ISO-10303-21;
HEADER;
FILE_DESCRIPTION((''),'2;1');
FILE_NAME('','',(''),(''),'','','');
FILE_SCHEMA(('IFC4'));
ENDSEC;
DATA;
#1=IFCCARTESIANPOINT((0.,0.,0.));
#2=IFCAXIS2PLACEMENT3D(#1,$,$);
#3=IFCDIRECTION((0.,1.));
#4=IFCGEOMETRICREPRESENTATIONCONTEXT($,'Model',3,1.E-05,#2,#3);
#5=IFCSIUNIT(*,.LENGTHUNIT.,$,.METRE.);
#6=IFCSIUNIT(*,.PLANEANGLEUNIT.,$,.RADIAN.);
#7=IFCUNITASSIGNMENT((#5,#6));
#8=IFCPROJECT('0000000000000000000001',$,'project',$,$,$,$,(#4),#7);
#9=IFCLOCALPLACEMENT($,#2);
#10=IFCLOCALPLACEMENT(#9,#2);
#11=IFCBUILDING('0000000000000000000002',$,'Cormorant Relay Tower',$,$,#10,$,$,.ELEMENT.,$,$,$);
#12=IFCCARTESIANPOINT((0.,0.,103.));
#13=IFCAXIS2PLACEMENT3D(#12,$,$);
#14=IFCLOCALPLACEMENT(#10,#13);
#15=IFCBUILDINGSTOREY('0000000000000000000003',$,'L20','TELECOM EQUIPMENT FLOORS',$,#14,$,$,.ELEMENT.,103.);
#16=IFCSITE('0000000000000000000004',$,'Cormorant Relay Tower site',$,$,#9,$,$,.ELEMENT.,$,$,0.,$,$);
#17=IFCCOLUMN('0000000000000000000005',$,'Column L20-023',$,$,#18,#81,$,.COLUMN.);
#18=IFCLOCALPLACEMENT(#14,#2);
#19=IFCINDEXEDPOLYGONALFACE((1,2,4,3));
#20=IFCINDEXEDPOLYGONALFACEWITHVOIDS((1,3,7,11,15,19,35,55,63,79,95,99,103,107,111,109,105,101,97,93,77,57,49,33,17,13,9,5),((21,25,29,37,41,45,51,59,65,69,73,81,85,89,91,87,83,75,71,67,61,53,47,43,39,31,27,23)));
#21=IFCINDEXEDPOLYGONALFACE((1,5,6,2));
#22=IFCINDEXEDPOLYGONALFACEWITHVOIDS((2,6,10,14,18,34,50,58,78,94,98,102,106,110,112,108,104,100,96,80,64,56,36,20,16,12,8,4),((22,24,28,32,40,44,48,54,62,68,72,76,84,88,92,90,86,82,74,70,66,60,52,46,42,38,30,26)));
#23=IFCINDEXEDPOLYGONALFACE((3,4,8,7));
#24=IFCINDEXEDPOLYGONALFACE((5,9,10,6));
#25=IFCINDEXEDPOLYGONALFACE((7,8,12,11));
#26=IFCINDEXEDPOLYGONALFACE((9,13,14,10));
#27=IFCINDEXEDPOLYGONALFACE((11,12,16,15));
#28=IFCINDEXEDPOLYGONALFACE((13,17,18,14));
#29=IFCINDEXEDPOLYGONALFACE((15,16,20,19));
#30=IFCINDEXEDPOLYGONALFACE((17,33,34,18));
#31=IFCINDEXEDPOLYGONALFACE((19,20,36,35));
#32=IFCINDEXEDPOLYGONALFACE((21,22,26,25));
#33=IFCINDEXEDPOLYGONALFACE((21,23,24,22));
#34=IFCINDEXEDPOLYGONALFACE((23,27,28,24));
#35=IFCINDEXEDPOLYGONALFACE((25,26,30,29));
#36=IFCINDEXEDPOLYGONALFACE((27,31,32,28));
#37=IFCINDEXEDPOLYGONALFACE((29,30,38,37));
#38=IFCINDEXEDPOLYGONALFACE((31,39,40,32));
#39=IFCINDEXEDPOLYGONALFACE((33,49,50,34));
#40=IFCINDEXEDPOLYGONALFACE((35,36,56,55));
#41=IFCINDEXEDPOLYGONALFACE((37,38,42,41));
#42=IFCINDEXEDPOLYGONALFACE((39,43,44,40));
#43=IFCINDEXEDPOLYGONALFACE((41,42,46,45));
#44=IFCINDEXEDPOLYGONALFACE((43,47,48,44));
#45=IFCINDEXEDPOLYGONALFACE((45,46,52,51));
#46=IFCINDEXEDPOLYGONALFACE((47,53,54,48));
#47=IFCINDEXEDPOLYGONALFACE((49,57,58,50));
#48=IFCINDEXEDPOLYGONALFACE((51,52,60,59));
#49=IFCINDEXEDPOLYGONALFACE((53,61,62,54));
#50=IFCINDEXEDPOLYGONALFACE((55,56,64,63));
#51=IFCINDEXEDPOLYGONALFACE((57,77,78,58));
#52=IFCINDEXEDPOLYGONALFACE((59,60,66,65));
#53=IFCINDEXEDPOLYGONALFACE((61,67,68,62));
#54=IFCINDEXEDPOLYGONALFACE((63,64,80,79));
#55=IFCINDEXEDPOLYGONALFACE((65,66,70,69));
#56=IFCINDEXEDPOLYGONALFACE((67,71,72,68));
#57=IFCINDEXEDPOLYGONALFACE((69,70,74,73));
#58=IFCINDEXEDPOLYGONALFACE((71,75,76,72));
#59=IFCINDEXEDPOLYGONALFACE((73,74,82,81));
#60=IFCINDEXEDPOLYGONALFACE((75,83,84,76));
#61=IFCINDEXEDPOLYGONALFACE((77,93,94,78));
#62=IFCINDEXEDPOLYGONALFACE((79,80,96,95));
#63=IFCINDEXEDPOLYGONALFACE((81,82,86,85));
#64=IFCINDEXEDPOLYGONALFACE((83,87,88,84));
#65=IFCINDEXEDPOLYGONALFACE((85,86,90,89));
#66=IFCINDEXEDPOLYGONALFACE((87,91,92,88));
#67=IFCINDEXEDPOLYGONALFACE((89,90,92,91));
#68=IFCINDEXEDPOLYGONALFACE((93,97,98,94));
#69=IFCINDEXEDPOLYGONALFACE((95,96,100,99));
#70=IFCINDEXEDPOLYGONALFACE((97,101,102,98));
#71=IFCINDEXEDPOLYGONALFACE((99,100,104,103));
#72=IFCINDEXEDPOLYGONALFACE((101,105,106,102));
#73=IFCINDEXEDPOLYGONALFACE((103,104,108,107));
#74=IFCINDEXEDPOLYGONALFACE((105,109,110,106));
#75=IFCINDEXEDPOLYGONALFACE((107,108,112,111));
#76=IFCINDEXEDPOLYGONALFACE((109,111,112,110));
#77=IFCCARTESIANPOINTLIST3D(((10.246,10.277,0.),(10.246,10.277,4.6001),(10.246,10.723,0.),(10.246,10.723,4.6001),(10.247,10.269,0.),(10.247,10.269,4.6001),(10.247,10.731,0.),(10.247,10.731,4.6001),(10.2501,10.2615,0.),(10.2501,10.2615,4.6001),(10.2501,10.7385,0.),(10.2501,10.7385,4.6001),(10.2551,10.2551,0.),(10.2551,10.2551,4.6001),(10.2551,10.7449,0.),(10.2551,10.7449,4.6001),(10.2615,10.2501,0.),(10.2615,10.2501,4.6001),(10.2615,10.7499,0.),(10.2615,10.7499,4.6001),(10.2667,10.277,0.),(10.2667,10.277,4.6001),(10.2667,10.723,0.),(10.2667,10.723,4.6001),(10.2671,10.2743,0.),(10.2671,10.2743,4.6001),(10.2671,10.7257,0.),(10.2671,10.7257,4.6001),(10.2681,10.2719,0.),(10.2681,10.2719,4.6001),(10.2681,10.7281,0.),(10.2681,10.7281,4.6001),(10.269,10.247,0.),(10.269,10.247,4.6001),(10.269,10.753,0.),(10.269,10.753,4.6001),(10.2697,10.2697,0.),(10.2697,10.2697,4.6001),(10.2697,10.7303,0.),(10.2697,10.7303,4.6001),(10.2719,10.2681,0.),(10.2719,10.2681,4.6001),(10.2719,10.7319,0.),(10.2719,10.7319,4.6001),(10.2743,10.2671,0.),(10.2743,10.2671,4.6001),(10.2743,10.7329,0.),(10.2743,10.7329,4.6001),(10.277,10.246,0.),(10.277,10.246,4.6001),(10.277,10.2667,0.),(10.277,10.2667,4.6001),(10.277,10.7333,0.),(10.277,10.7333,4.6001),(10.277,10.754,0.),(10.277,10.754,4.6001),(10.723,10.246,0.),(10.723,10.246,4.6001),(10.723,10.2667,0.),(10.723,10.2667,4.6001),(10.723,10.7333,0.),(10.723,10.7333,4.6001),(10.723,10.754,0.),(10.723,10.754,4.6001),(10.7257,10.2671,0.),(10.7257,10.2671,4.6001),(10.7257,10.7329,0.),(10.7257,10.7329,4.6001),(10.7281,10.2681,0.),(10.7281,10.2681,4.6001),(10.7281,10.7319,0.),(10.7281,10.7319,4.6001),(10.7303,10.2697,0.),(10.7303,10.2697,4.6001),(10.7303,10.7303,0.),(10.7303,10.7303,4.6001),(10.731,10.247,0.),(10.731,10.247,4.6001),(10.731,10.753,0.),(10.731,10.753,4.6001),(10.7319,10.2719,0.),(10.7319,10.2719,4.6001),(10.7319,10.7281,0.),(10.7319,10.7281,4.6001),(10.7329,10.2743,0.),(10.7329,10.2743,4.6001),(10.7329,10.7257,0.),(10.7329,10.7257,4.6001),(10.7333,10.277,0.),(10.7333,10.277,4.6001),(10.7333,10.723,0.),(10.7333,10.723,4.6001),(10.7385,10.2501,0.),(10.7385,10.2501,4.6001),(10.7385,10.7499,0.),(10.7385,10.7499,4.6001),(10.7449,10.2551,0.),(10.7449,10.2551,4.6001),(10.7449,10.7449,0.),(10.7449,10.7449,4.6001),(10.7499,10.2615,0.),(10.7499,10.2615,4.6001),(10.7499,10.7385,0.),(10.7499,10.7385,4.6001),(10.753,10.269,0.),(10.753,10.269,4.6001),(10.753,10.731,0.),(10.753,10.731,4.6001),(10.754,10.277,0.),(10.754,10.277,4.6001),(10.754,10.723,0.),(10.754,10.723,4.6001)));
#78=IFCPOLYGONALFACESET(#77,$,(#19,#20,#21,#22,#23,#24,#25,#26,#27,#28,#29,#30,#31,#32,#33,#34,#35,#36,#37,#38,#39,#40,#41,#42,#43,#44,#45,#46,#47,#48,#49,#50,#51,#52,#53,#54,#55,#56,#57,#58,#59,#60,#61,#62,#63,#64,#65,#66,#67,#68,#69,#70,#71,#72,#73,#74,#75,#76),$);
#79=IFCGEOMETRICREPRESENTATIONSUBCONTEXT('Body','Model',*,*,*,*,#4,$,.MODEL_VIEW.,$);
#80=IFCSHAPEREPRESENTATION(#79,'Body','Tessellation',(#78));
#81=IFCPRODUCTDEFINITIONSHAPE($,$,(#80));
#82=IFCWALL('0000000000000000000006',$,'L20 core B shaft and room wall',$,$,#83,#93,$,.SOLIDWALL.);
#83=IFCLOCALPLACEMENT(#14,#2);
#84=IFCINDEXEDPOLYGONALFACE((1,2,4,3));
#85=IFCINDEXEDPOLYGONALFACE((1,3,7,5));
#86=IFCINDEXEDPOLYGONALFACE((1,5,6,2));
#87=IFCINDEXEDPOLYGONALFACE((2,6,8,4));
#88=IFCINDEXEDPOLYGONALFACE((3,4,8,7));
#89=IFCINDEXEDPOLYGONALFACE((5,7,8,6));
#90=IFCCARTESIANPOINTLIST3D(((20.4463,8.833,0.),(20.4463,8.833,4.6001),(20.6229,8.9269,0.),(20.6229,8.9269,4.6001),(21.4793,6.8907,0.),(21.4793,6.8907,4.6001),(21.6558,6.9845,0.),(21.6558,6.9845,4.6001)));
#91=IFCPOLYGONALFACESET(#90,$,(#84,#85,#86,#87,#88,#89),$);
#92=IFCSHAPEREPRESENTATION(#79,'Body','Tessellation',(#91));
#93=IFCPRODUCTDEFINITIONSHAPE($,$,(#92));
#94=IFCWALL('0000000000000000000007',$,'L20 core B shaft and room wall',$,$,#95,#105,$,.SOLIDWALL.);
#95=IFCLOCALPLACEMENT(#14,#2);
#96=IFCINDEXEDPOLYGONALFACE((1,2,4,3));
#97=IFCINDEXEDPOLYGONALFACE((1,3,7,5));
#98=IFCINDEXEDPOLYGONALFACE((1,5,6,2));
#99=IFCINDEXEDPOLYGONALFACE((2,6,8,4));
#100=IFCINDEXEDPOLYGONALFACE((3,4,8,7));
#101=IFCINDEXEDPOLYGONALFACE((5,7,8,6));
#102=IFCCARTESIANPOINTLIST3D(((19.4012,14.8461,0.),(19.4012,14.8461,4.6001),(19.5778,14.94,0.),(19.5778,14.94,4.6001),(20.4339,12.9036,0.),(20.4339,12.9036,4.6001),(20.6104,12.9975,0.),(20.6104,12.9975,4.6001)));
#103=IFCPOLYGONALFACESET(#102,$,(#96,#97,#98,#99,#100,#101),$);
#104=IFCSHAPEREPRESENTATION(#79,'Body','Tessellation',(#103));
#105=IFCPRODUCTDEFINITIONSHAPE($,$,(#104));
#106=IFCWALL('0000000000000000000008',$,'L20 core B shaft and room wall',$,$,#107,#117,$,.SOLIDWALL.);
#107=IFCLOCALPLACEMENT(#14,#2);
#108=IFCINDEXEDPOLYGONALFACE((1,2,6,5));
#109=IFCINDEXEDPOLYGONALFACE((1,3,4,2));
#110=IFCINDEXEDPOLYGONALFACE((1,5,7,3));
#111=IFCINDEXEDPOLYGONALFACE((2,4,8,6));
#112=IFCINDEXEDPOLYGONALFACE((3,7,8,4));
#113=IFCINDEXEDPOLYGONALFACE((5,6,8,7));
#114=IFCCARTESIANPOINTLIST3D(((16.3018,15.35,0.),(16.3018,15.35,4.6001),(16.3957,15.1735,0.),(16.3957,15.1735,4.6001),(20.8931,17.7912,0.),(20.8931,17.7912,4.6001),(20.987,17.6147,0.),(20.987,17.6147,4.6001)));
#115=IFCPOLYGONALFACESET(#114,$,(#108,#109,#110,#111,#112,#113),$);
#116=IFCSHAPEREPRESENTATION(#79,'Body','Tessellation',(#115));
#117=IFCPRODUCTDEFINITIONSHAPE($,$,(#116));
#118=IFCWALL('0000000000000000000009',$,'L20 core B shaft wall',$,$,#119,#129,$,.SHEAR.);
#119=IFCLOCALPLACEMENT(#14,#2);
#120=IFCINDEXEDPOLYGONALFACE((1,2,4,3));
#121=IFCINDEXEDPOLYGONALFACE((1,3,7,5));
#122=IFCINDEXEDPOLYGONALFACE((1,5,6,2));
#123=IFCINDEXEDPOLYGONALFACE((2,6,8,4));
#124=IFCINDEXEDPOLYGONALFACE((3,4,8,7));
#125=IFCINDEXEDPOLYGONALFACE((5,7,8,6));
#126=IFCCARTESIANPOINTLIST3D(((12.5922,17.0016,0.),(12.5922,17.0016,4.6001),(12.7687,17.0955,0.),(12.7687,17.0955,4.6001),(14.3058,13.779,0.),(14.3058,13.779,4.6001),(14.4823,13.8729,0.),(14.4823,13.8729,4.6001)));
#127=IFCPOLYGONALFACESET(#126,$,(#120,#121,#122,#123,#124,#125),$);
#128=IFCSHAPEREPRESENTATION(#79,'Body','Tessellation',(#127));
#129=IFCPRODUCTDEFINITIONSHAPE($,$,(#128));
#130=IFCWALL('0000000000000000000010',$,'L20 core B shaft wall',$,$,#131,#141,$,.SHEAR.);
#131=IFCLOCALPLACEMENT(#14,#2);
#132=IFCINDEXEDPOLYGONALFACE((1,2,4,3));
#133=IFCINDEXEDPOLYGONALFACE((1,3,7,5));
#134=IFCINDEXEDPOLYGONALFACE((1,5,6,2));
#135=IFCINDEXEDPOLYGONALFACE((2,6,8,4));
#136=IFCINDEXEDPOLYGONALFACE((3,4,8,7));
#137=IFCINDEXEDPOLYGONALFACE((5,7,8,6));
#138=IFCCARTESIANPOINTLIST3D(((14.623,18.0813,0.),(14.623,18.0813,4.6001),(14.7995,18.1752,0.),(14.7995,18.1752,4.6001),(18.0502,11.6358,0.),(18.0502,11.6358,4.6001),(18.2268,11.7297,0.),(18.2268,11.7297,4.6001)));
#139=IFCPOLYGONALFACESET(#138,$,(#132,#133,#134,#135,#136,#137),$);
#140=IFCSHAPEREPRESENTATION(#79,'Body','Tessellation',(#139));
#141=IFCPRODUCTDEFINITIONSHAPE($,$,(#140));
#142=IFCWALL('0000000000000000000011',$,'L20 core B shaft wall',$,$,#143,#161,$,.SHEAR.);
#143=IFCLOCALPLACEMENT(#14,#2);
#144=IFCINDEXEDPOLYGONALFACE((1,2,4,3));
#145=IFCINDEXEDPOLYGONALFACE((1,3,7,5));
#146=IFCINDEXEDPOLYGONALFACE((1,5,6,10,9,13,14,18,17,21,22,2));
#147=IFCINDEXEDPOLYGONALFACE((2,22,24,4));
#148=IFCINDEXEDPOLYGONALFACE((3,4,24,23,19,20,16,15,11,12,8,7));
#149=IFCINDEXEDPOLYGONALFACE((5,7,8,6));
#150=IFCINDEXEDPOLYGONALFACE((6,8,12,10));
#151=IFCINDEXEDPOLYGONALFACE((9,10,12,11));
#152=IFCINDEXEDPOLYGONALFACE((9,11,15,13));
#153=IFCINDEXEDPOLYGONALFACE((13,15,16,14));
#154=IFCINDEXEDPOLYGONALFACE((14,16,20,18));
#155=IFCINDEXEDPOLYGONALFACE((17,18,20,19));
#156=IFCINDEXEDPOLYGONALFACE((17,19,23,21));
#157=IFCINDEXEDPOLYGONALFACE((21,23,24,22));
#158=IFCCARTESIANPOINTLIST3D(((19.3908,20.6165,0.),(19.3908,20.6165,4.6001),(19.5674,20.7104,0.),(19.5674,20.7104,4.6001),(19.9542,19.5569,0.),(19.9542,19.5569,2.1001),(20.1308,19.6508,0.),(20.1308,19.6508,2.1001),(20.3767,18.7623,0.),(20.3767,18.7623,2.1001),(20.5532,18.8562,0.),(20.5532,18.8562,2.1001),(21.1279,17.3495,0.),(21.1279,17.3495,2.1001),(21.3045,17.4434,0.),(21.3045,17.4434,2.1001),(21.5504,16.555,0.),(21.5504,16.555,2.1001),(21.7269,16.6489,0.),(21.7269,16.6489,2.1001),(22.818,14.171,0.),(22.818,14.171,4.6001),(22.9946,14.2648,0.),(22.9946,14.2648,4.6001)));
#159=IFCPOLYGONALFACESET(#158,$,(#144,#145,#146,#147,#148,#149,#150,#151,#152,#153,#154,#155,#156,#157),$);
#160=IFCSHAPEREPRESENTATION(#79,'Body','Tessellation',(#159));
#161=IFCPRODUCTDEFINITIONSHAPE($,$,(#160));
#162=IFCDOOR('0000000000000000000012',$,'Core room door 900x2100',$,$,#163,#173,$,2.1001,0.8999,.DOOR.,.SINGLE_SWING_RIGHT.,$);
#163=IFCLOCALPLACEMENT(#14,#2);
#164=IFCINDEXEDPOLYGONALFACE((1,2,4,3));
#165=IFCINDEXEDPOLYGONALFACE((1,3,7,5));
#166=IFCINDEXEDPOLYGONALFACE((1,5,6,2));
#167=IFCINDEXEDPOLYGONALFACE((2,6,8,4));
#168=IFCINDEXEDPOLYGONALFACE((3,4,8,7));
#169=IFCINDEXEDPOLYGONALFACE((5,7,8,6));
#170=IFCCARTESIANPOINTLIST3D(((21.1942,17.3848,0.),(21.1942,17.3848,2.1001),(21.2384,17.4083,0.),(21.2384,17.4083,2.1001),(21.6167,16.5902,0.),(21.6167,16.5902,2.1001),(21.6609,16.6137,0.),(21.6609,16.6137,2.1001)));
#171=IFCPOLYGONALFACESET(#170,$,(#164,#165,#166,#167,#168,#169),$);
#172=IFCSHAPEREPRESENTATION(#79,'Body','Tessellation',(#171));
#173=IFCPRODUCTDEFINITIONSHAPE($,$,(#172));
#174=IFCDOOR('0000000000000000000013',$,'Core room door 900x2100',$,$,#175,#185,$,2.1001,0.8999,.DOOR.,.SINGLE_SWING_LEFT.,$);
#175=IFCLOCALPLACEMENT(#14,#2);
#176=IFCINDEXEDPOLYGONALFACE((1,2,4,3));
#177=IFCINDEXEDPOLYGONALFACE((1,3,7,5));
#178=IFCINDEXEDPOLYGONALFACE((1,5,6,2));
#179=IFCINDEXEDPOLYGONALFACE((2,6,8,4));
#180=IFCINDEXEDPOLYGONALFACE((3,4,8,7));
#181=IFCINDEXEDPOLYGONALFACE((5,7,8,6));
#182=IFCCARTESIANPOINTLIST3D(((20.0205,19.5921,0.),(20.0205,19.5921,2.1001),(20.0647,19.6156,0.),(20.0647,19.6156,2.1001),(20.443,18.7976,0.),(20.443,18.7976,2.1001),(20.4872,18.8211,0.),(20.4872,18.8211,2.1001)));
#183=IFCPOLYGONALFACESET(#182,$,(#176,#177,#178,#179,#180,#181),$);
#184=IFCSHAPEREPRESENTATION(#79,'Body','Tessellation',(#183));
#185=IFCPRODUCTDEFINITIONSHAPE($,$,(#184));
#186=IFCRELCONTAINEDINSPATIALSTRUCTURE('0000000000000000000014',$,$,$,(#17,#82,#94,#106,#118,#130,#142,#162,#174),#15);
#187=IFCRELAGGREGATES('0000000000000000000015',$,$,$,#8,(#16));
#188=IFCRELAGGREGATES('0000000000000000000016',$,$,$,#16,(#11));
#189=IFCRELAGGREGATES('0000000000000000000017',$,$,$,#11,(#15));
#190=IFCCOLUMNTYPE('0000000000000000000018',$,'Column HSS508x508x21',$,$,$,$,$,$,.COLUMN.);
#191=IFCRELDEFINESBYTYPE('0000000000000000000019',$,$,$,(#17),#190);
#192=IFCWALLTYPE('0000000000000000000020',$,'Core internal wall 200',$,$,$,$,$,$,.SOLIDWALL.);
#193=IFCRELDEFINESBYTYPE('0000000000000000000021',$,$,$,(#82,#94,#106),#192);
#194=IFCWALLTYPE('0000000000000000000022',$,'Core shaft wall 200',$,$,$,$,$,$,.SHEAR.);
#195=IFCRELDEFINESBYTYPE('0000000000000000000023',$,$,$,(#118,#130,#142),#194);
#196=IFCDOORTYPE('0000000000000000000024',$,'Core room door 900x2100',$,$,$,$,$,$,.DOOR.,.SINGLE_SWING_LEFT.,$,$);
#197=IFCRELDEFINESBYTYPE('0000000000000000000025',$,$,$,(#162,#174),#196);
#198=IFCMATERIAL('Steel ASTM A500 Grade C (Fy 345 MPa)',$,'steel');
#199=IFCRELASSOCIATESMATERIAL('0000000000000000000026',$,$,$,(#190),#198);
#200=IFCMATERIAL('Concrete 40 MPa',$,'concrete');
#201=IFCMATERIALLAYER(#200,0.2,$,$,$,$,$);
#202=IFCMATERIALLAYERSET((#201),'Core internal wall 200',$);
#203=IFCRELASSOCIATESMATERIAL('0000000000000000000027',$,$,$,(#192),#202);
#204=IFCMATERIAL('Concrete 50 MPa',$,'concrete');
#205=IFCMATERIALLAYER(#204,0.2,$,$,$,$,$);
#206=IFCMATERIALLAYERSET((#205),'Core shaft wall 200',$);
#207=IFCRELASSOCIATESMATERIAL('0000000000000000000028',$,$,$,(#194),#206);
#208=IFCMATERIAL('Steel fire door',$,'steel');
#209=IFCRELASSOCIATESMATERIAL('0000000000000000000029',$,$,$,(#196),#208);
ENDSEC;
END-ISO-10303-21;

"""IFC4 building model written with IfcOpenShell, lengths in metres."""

from ifc_helpers import new_model, si_unit, direction, frame, frame_2d, origin, origin_2d, place, context, subcontext, project, spatial, rectangle, hollow_rectangle, extrude, material, layer, layer_set, material_profile, profile_set, type_object, element, fill, save


model = new_model("IFC4")

# Units and contexts
model_context = context("Model", 3, precision=1e-05, world=origin(), true_north=direction((0.0, 1.0)))
body_context = subcontext(model_context, "Body", "Model", "MODEL_VIEW")
ifc_project = project(units=[si_unit("LENGTHUNIT", "METRE"), si_unit("PLANEANGLEUNIT", "RADIAN")], contexts=[model_context])

# Site, building, storey
site_placement = place(None, origin())
site = spatial("IfcSite", under=ifc_project, at=site_placement, Name="Cormorant Relay Tower site", CompositionType="ELEMENT", RefElevation=0.0)
building_placement = place(site_placement, origin())
building = spatial("IfcBuilding", under=site, at=building_placement, Name="Cormorant Relay Tower", CompositionType="ELEMENT")
storey_placement = place(building_placement, frame((0.0, 0.0, 103.0)))
storey = spatial("IfcBuildingStorey", under=building, at=storey_placement, Name="L20", Description="TELECOM EQUIPMENT FLOORS", CompositionType="ELEMENT", Elevation=103.0)

# Column
ifc_material_1 = material(Name="Steel ASTM A500 Grade C (Fy 345 MPa)", Category="steel")
ifc_material_profile = material_profile(ifc_material_1, hollow_rectangle(XDim=0.5081, YDim=0.5081, WallThickness=0.0208, InnerFilletRadius=0.0103, OuterFilletRadius=0.031, at=origin_2d()), Name="HSS508x508x21")
ifc_profile_set = profile_set([ifc_material_profile], Name="Steel ASTM A500 Grade C (Fy 345 MPa)")
column_type = type_object("IfcColumnType", Name="Column HSS508x508x21", PredefinedType="COLUMN", material=ifc_profile_set)
column_placement = place(storey_placement, frame((10.5, 10.5, 0.0), z_axis=(0.0, 0.0, 1.0), x_axis=(1.0, 0.0, 0.0)))
element("IfcColumn", 1, at=column_placement, inside=storey, type_object=column_type, Name="Column L20-023", PredefinedType="COLUMN", context=body_context, shape_type="SweptSolid", body=[
    extrude(hollow_rectangle(XDim=0.5081, YDim=0.5081, WallThickness=0.0208, InnerFilletRadius=0.0103, OuterFilletRadius=0.031, at=origin_2d()), origin(), (0.0, 0.0, 1.0), 4.6001),
])

# Walls
ifc_material_2 = material(Name="Concrete 40 MPa", Category="concrete")
ifc_layer_1 = layer(ifc_material_2, 0.2)
ifc_layer_set_1 = layer_set([ifc_layer_1], Name="Core internal wall 200")
wall_type_1 = type_object("IfcWallType", Name="Core internal wall 200", PredefinedType="SOLIDWALL", material=ifc_layer_set_1)
for number, where, z_axis, x_axis, name in (
    (2, (21.5676, 6.9375, 0.0), (0.0, 0.0, 1.0), (-0.469534, 0.882914, 0.0), "L20 core B shaft and room wall"),
    (3, (20.5222, 12.9504, 0.0), (0.0, 0.0, 1.0), (-0.469401, 0.882985, 0.0), "L20 core B shaft and room wall"),
):
    element("IfcWall", number, at=place(storey_placement, frame(where, z_axis=z_axis, x_axis=x_axis)), inside=storey, type_object=wall_type_1, Name=name, PredefinedType="SOLIDWALL", context=body_context, shape_type="SweptSolid", body=[
        extrude(rectangle(XDim=2.2, YDim=0.2, at=frame_2d((1.1001, 0.0))), origin(), (0.0, 0.0, 1.0), 4.6001),
    ])
wall_1_placement = place(storey_placement, frame((16.3486, 15.2617, 0.0), z_axis=(0.0, 0.0, 1.0), x_axis=(0.882954, 0.46946, 0.0)))
element("IfcWall", 4, at=wall_1_placement, inside=storey, type_object=wall_type_1, Name="L20 core B shaft and room wall", PredefinedType="SOLIDWALL", context=body_context, shape_type="SweptSolid", body=[
    extrude(rectangle(XDim=5.2, YDim=0.2, at=frame_2d((2.6001, 0.0))), origin(), (0.0, 0.0, 1.0), 4.6001),
])
ifc_material_3 = material(Name="Concrete 50 MPa", Category="concrete")
ifc_layer_2 = layer(ifc_material_3, 0.2)
ifc_layer_set_2 = layer_set([ifc_layer_2], Name="Core shaft wall 200")
wall_type_2 = type_object("IfcWallType", Name="Core shaft wall 200", PredefinedType="SHEAR", material=ifc_layer_set_2)
wall_2_placement = place(storey_placement, frame((14.394, 13.8259, 0.0), z_axis=(0.0, 0.0, 1.0), x_axis=(-0.469494, 0.882936, 0.0)))
element("IfcWall", 5, at=wall_2_placement, inside=storey, type_object=wall_type_2, Name="L20 core B shaft wall", PredefinedType="SHEAR", context=body_context, shape_type="SweptSolid", body=[
    extrude(rectangle(XDim=3.6499, YDim=0.2, at=frame_2d((1.825, 0.0))), origin(), (0.0, 0.0, 1.0), 4.6001),
])
wall_3_placement = place(storey_placement, frame((18.1384, 11.6829, 0.0), z_axis=(0.0, 0.0, 1.0), x_axis=(-0.46948, 0.882943, 0.0)))
element("IfcWall", 6, at=wall_3_placement, inside=storey, type_object=wall_type_2, Name="L20 core B shaft wall", PredefinedType="SHEAR", context=body_context, shape_type="SweptSolid", body=[
    extrude(rectangle(XDim=7.3, YDim=0.2, at=frame_2d((3.6499, 0.0))), origin(), (0.0, 0.0, 1.0), 4.6001),
])

# Wall, openings, doors
wall_4_placement = place(storey_placement, frame((22.9062, 14.218, 0.0), z_axis=(0.0, 0.0, 1.0), x_axis=(-0.46948, 0.882943, 0.0)))
wall_4 = element("IfcWall", 7, at=wall_4_placement, inside=storey, type_object=wall_type_2, Name="L20 core B shaft wall", PredefinedType="SHEAR", context=body_context, shape_type="SweptSolid", body=[
    extrude(rectangle(XDim=7.3, YDim=0.2, at=frame_2d((3.6499, 0.0))), origin(), (0.0, 0.0, 1.0), 4.6001),
])
opening_1_placement = place(wall_4_placement, frame((2.7, 0.0, 0.0)))
opening_1 = element("IfcOpeningElement", 8, at=opening_1_placement, cuts=wall_4, PredefinedType="OPENING", context=body_context, shape_type="SweptSolid", body=[
    extrude(rectangle(XDim=0.8999, YDim=2.1001, at=frame_2d((0.45, 1.05))), frame((0.0, 0.1099, 0.0), z_axis=(0.0, -1.0, 0.0), x_axis=(1.0, 0.0, 0.0)), (0.0, 0.0, 1.0), 0.22),
])
opening_2_placement = place(wall_4_placement, frame((5.2, 0.0, 0.0)))
opening_2 = element("IfcOpeningElement", 9, at=opening_2_placement, cuts=wall_4, PredefinedType="OPENING", context=body_context, shape_type="SweptSolid", body=[
    extrude(rectangle(XDim=0.8999, YDim=2.1001, at=frame_2d((0.45, 1.05))), frame((0.0, 0.1099, 0.0), z_axis=(0.0, -1.0, 0.0), x_axis=(1.0, 0.0, 0.0)), (0.0, 0.0, 1.0), 0.22),
])
ifc_material_4 = material(Name="Steel fire door", Category="steel")
door_type_1 = type_object("IfcDoorType", Name="Core room door 900x2100", OperationType="SINGLE_SWING_LEFT", PredefinedType="DOOR", material=ifc_material_4)
door_1_placement = place(opening_1_placement, origin())
door_1 = element("IfcDoor", 10, at=door_1_placement, inside=storey, type_object=door_type_1, Name="Core room door 900x2100", OperationType="SINGLE_SWING_RIGHT", OverallHeight=2.1001, OverallWidth=0.8999, PredefinedType="DOOR", context=body_context, shape_type="SweptSolid", body=[
    extrude(rectangle(XDim=0.8999, YDim=2.1001, at=frame_2d((0.45, 1.05))), frame((0.0, 0.0249, 0.0), z_axis=(0.0, -1.0, 0.0), x_axis=(1.0, 0.0, 0.0)), (0.0, 0.0, 1.0), 0.05),
])
fill(opening_1, door_1)
door_2_placement = place(opening_2_placement, origin())
door_2 = element("IfcDoor", 11, at=door_2_placement, inside=storey, type_object=door_type_1, Name="Core room door 900x2100", OperationType="SINGLE_SWING_LEFT", OverallHeight=2.1001, OverallWidth=0.8999, PredefinedType="DOOR", context=body_context, shape_type="SweptSolid", body=[
    extrude(rectangle(XDim=0.8999, YDim=2.1001, at=frame_2d((0.45, 1.05))), frame((0.0, 0.0249, 0.0), z_axis=(0.0, -1.0, 0.0), x_axis=(1.0, 0.0, 0.0)), (0.0, 0.0, 1.0), 0.05),
])
fill(opening_2, door_2)

save(model, "model.ifc")
